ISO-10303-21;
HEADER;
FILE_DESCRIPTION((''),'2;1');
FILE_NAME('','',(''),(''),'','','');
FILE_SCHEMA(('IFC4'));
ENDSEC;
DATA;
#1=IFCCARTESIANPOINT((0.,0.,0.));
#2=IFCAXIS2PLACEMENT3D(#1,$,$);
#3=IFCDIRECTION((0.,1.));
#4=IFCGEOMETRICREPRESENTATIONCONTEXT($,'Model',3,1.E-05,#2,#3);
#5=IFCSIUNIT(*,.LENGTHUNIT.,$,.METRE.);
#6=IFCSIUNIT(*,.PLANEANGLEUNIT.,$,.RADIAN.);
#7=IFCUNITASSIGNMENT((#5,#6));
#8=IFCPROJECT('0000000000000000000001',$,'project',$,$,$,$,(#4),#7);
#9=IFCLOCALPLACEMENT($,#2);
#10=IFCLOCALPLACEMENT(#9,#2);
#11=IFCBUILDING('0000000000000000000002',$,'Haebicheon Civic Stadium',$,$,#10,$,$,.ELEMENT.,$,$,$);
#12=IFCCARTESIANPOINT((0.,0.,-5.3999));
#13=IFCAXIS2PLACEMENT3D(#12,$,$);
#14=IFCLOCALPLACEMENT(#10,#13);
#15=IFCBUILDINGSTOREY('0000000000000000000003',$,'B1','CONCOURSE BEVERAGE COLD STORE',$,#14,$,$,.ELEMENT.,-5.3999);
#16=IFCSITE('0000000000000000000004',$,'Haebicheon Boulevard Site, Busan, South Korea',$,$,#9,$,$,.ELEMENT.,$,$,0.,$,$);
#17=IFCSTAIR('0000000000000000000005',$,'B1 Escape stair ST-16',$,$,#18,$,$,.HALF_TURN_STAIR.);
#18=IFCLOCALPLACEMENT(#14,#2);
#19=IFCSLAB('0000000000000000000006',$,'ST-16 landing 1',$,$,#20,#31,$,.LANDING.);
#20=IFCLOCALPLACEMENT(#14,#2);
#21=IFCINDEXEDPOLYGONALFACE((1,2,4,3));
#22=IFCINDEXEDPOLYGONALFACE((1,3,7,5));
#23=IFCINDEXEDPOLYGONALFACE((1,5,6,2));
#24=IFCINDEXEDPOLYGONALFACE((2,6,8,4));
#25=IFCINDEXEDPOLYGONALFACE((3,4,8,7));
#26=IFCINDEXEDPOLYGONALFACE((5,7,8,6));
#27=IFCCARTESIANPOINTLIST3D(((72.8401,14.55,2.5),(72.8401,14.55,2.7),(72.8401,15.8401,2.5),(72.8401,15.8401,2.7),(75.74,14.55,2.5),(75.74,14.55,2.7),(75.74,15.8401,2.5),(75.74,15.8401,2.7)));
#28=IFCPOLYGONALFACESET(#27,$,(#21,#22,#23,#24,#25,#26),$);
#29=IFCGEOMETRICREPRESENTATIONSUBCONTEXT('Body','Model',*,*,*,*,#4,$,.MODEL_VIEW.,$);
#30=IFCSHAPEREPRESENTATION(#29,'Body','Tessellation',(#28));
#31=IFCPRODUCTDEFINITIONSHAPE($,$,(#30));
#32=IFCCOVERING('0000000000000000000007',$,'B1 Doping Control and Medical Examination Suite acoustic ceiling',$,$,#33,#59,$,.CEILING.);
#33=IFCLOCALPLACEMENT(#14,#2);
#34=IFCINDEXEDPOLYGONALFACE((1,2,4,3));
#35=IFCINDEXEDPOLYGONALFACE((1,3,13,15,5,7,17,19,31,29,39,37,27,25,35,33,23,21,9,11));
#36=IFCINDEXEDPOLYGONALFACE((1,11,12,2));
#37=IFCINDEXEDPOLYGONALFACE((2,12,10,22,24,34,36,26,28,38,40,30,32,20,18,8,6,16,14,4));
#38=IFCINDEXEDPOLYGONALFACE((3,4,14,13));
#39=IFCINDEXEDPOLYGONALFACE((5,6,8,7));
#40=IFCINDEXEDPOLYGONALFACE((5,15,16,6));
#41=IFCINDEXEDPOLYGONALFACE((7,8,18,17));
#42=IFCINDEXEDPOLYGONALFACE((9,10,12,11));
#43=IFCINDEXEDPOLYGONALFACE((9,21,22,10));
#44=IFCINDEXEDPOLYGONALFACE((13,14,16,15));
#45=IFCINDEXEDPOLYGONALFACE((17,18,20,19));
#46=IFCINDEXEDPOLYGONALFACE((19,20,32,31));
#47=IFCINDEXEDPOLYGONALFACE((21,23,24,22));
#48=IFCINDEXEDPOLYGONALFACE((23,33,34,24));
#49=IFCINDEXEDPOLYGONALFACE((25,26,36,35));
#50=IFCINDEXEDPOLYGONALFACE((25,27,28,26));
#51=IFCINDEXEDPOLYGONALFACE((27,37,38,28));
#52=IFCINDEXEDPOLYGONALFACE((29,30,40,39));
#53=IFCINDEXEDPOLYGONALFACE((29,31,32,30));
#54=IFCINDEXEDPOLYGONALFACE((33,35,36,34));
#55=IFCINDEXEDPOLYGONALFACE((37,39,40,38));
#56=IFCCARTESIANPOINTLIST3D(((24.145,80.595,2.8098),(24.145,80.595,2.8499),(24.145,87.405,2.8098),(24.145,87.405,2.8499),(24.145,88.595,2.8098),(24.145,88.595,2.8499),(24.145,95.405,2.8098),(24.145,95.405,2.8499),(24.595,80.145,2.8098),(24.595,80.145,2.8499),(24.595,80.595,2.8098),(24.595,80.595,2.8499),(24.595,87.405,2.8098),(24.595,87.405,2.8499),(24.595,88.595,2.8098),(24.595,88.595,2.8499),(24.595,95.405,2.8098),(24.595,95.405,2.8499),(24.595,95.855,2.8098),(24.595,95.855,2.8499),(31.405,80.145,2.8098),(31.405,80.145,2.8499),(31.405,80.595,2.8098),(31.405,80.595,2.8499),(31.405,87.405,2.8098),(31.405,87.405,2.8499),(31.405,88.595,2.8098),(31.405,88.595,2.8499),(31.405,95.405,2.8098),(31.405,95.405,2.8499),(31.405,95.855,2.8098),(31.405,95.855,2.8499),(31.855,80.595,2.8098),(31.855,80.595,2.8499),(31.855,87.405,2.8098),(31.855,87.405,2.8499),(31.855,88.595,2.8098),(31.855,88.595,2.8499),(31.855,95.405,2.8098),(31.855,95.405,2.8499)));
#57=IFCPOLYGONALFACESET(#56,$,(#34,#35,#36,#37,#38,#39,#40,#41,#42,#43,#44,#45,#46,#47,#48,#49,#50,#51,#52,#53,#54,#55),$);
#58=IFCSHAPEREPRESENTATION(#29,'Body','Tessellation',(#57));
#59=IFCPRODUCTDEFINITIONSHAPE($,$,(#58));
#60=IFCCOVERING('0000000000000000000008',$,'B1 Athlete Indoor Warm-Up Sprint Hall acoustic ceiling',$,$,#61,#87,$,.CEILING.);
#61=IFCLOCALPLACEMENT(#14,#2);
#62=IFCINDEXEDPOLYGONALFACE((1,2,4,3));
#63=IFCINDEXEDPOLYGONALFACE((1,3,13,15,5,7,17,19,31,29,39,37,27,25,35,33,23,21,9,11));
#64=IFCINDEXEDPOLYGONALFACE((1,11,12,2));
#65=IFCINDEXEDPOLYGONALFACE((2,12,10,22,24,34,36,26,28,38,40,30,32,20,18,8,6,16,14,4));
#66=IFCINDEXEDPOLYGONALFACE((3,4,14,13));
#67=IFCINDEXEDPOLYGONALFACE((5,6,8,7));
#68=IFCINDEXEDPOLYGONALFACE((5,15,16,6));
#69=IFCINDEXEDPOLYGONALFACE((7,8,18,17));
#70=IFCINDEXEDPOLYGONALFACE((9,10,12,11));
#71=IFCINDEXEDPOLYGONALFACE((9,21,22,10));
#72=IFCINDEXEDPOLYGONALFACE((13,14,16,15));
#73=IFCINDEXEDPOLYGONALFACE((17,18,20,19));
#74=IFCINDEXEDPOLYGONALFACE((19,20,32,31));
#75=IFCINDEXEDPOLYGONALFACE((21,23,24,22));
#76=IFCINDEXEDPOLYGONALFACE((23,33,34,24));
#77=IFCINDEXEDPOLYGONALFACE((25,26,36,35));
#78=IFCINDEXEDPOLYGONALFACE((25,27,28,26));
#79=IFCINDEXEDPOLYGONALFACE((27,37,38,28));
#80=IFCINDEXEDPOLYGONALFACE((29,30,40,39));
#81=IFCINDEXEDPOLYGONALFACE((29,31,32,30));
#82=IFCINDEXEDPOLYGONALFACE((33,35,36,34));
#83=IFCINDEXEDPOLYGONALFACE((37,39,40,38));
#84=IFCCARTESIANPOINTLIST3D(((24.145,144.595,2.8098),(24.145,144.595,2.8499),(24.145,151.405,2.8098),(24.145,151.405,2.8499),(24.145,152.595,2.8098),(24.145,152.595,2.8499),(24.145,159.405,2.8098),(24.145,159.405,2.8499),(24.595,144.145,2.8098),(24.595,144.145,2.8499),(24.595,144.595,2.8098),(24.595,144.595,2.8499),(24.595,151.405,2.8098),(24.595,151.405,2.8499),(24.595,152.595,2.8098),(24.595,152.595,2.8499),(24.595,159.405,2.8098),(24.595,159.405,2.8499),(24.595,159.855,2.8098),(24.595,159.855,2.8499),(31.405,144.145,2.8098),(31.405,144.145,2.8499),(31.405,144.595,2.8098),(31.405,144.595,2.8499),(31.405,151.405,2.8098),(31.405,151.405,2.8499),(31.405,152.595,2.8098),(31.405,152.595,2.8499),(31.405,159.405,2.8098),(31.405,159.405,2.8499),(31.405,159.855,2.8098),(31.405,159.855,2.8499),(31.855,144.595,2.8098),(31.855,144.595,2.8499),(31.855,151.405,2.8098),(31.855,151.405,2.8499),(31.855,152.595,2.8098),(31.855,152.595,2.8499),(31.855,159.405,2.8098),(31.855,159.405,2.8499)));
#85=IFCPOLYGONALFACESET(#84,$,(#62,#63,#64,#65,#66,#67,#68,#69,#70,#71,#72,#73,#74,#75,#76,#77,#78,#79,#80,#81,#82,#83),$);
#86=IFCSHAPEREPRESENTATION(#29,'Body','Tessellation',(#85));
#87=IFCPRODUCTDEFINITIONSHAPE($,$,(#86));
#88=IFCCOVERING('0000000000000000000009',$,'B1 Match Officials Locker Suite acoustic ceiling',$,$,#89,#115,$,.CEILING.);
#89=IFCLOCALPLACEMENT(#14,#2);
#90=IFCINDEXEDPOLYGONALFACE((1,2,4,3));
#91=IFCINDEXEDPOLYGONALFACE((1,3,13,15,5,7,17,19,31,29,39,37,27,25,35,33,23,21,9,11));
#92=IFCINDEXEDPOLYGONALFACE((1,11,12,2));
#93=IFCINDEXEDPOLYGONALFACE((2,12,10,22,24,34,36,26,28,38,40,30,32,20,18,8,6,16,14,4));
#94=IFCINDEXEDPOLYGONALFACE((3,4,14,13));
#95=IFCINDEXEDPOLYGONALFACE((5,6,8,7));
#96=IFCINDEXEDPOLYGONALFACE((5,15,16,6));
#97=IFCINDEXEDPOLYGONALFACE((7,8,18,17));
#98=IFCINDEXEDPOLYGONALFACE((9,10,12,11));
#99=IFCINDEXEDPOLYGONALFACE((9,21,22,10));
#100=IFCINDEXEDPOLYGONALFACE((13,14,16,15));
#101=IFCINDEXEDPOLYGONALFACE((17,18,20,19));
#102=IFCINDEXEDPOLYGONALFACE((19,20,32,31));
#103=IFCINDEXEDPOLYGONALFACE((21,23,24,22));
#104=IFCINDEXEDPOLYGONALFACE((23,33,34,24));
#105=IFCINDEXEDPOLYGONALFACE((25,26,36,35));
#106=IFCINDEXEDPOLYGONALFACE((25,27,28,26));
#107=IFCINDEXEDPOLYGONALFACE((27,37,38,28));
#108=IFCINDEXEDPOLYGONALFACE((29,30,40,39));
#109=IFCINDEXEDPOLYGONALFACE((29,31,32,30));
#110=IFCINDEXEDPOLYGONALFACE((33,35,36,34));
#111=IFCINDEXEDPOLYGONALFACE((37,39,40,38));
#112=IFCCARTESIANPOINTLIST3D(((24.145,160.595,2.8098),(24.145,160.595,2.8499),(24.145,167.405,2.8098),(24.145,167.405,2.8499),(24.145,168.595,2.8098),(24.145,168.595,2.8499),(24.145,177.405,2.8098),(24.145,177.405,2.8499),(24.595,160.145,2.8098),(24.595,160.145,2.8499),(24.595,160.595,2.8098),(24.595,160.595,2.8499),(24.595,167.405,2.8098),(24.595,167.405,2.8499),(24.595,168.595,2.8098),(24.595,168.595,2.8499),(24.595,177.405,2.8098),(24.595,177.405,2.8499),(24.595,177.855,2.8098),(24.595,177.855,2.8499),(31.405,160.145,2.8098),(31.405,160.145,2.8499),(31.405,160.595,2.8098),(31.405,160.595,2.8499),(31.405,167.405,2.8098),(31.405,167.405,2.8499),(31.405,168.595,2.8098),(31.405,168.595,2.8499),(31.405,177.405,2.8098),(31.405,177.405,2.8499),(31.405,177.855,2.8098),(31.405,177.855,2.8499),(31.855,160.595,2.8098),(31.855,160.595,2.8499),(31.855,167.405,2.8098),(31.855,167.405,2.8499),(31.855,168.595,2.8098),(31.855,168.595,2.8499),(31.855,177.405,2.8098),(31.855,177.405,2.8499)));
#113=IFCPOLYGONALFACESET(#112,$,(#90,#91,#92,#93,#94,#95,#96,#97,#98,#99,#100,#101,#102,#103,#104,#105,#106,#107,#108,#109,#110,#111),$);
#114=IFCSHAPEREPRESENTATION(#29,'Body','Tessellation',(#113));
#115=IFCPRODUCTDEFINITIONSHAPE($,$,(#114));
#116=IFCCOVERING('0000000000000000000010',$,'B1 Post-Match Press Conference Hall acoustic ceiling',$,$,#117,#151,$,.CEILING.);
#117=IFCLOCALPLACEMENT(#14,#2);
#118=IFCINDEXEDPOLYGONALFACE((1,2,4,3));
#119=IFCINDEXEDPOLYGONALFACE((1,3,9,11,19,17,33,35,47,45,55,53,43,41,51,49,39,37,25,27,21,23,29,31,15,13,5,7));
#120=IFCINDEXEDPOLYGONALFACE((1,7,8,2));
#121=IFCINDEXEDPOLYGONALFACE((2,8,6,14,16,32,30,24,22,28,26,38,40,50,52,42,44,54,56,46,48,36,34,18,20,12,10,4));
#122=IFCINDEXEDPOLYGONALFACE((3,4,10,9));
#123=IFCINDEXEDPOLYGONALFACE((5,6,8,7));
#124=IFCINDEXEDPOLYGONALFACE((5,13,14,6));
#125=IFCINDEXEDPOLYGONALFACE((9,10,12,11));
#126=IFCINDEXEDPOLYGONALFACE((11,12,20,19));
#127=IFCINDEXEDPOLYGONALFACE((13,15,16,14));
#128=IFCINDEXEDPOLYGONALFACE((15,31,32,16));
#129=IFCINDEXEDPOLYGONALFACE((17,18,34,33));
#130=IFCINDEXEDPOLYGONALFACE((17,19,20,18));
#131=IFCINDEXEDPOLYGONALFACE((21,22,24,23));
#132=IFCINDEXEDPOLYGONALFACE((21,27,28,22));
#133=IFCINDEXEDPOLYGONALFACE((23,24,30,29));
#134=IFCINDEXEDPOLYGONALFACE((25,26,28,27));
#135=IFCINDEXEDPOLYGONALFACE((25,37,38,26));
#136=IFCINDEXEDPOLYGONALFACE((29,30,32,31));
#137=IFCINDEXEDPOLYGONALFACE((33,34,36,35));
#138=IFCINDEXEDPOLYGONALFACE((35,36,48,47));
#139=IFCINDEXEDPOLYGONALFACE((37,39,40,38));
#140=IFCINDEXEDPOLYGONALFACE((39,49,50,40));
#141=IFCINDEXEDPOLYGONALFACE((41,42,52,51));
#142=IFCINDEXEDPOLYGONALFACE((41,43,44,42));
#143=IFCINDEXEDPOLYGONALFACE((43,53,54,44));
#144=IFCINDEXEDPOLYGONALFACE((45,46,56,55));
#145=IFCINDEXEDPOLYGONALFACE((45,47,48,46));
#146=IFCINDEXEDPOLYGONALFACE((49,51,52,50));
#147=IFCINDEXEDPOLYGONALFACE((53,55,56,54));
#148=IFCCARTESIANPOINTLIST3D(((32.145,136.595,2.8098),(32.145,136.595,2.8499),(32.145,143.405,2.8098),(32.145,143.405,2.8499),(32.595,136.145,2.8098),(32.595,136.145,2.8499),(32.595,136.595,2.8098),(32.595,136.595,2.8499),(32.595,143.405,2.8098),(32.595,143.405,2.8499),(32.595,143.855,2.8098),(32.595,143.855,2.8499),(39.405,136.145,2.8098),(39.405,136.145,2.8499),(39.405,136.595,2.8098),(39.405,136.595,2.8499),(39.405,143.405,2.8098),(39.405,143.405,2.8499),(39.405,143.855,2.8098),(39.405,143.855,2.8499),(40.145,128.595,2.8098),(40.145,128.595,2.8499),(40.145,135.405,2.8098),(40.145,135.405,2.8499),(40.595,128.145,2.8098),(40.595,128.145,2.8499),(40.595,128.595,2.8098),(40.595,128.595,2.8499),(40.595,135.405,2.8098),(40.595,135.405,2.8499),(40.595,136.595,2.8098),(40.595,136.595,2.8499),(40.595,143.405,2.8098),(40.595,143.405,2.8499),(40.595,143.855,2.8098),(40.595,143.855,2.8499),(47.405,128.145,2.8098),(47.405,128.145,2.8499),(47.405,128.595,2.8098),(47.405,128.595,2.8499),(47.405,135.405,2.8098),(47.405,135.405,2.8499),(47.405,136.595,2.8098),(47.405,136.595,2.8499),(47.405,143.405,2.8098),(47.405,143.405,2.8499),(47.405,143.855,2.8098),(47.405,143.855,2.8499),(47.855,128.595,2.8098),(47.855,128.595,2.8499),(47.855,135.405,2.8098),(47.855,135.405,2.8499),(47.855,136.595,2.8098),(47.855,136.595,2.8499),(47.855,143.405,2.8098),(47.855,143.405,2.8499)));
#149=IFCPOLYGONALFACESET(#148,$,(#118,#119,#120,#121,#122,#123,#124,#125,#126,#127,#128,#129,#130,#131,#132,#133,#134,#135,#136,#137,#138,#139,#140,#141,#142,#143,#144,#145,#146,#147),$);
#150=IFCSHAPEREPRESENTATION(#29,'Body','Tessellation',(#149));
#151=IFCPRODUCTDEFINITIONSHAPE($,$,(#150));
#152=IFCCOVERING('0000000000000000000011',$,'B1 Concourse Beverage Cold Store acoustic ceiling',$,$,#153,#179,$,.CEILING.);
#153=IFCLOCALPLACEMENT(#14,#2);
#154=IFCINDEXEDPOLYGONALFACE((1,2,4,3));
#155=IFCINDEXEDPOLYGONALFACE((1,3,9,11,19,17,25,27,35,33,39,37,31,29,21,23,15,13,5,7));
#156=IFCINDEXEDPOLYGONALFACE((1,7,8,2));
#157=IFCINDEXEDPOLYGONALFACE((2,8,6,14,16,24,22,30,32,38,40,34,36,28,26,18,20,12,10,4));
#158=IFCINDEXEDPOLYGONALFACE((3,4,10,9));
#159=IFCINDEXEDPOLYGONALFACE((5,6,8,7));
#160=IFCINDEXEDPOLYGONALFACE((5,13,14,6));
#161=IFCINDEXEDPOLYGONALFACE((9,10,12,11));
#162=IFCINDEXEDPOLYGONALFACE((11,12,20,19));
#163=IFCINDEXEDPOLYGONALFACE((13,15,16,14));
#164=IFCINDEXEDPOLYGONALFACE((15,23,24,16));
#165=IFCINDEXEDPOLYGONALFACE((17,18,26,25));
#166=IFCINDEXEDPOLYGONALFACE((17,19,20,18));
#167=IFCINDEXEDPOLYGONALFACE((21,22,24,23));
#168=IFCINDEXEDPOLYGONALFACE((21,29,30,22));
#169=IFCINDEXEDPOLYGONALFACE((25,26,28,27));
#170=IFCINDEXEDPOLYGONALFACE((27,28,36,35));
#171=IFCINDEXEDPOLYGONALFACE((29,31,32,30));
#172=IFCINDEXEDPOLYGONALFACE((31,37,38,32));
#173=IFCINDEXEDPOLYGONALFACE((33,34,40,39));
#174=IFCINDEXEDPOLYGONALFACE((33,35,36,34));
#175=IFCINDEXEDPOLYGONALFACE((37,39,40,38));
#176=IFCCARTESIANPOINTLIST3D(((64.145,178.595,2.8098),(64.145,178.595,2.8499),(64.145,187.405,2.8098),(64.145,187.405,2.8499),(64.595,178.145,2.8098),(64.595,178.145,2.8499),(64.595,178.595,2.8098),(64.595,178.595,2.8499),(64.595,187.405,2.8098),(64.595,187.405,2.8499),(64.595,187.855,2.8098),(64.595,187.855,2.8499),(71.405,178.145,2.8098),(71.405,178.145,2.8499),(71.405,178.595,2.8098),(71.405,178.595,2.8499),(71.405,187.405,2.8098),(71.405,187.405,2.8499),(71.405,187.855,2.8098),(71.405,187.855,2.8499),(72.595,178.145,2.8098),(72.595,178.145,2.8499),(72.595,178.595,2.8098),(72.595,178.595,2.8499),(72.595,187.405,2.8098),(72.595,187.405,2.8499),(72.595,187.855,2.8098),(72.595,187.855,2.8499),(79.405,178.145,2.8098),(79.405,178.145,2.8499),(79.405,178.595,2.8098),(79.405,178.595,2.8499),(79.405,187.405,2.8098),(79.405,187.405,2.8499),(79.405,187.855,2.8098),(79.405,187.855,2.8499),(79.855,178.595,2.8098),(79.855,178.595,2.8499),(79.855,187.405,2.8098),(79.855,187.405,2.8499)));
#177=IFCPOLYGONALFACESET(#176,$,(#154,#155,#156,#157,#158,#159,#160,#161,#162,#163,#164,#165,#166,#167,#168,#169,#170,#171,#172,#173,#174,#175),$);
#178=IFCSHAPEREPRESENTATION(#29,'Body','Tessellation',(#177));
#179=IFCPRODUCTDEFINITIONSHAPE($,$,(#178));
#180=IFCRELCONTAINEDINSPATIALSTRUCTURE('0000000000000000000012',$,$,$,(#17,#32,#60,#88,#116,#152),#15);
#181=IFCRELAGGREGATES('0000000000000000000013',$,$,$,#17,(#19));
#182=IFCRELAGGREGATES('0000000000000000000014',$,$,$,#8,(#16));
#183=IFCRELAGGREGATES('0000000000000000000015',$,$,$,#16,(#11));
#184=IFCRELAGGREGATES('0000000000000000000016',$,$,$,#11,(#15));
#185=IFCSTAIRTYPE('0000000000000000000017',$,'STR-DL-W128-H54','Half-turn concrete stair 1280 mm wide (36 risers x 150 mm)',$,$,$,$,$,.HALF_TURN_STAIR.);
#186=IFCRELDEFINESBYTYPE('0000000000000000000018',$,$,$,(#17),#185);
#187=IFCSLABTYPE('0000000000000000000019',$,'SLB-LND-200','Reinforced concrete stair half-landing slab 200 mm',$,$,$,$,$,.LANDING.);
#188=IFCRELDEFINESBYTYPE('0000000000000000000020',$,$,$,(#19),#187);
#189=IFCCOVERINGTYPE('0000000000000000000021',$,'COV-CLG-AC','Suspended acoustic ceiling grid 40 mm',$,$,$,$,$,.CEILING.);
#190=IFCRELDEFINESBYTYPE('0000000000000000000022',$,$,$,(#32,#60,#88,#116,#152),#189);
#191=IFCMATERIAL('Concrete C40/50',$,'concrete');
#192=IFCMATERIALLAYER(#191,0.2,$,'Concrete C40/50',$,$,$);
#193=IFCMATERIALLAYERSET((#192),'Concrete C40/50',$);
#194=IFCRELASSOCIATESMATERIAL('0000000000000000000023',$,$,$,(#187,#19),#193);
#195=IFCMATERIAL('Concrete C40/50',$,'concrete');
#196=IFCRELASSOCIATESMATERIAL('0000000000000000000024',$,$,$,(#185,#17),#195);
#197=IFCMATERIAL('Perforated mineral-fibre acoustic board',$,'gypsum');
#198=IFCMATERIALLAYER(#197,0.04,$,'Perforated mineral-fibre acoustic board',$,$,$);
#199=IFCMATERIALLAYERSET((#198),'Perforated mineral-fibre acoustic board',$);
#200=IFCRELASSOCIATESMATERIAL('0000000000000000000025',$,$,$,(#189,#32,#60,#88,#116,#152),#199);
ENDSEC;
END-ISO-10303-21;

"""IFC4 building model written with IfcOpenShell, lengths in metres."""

from ifc_helpers import new_model, si_unit, direction, frame, origin, place, context, subcontext, project, spatial, polyline, outline, extrude, material, layer, layer_set, type_object, element, aggregate, save


model = new_model("IFC4")

# Units and contexts
model_context = context("Model", 3, precision=1e-05, world=origin(), true_north=direction((0.0, 1.0)))
body_context = subcontext(model_context, "Body", "Model", "MODEL_VIEW")
ifc_project = project(units=[si_unit("LENGTHUNIT", "METRE"), si_unit("PLANEANGLEUNIT", "RADIAN")], contexts=[model_context])

# Site, building, storey
site_placement = place(None, origin())
site = spatial("IfcSite", under=ifc_project, at=site_placement, Name="Haebicheon Boulevard Site, Busan, South Korea", CompositionType="ELEMENT", RefElevation=0.0)
building_placement = place(site_placement, origin())
building = spatial("IfcBuilding", under=site, at=building_placement, Name="Haebicheon Civic Stadium", CompositionType="ELEMENT")
storey_placement = place(building_placement, frame((0.0, 0.0, -5.3999)))
storey = spatial("IfcBuildingStorey", under=building, at=storey_placement, Name="B1", Description="CONCOURSE BEVERAGE COLD STORE", CompositionType="ELEMENT", Elevation=-5.3999)

# Stair, slab
ifc_material_1 = material(Name="Concrete C40/50", Category="concrete")
ifc_layer_1 = layer(ifc_material_1, 0.2, Name="Concrete C40/50")
ifc_layer_set_1 = layer_set([ifc_layer_1], Name="Concrete C40/50")
slab_type = type_object("IfcSlabType", Name="SLB-LND-200", Description="Reinforced concrete stair half-landing slab 200 mm", PredefinedType="LANDING", material=ifc_layer_set_1)
ifc_material_2 = material(Name="Concrete C40/50", Category="concrete")
stair_type_1 = type_object("IfcStairType", Name="STR-DL-W128-H54", Description="Half-turn concrete stair 1280 mm wide (36 risers x 150 mm)", PredefinedType="HALF_TURN_STAIR", material=ifc_material_2)
stair_1_placement = place(storey_placement, origin())
stair_1 = element("IfcStair", 1, at=stair_1_placement, inside=storey, type_object=stair_type_1, material=ifc_material_2, Name="B1 Escape stair ST-16", PredefinedType="HALF_TURN_STAIR")
slab_1_placement = place(storey_placement, frame((0.0, 0.0, 2.5)))
slab_1 = element("IfcSlab", 2, at=slab_1_placement, type_object=slab_type, material=ifc_layer_set_1, Name="ST-16 landing 1", PredefinedType="LANDING", context=body_context, shape_type="SweptSolid", body=[
    extrude(outline(polyline([(75.74, 14.55), (75.74, 15.8401), (72.8401, 15.8401), (72.8401, 14.55), (75.74, 14.55)])), origin(), (0.0, 0.0, 1.0), 0.2),
])
aggregate(stair_1, [slab_1])

# Coverings
ifc_material_3 = material(Name="Perforated mineral-fibre acoustic board", Category="gypsum")
ifc_layer_2 = layer(ifc_material_3, 0.04, Name="Perforated mineral-fibre acoustic board")
ifc_layer_set_2 = layer_set([ifc_layer_2], Name="Perforated mineral-fibre acoustic board")
covering_type = type_object("IfcCoveringType", Name="COV-CLG-AC", Description="Suspended acoustic ceiling grid 40 mm", PredefinedType="CEILING", material=ifc_layer_set_2)
covering_1_placement = place(storey_placement, frame((0.0, 0.0, 2.8098)))
element("IfcCovering", 3, at=covering_1_placement, inside=storey, type_object=covering_type, material=ifc_layer_set_2, Name="B1 Doping Control and Medical Examination Suite acoustic ceiling", PredefinedType="CEILING", context=body_context, shape_type="SweptSolid", body=[
    extrude(outline(polyline([(24.595, 80.145), (24.595, 80.595), (24.145, 80.595), (24.145, 87.405), (24.595, 87.405), (24.595, 88.595), (24.145, 88.595), (24.145, 95.405), (24.595, 95.405), (24.595, 95.855), (31.405, 95.855), (31.405, 95.405), (31.855, 95.405), (31.855, 88.595), (31.405, 88.595), (31.405, 87.405), (31.855, 87.405), (31.855, 80.595), (31.405, 80.595), (31.405, 80.145), (24.595, 80.145)])), origin(), (0.0, 0.0, 1.0), 0.04),
])
covering_2_placement = place(storey_placement, frame((0.0, 0.0, 2.8098)))
element("IfcCovering", 4, at=covering_2_placement, inside=storey, type_object=covering_type, material=ifc_layer_set_2, Name="B1 Athlete Indoor Warm-Up Sprint Hall acoustic ceiling", PredefinedType="CEILING", context=body_context, shape_type="SweptSolid", body=[
    extrude(outline(polyline([(24.595, 144.145), (24.595, 144.595), (24.145, 144.595), (24.145, 151.405), (24.595, 151.405), (24.595, 152.595), (24.145, 152.595), (24.145, 159.405), (24.595, 159.405), (24.595, 159.855), (31.405, 159.855), (31.405, 159.405), (31.855, 159.405), (31.855, 152.595), (31.405, 152.595), (31.405, 151.405), (31.855, 151.405), (31.855, 144.595), (31.405, 144.595), (31.405, 144.145), (24.595, 144.145)])), origin(), (0.0, 0.0, 1.0), 0.04),
])
covering_3_placement = place(storey_placement, frame((0.0, 0.0, 2.8098)))
element("IfcCovering", 5, at=covering_3_placement, inside=storey, type_object=covering_type, material=ifc_layer_set_2, Name="B1 Match Officials Locker Suite acoustic ceiling", PredefinedType="CEILING", context=body_context, shape_type="SweptSolid", body=[
    extrude(outline(polyline([(24.595, 160.145), (24.595, 160.595), (24.145, 160.595), (24.145, 167.405), (24.595, 167.405), (24.595, 168.595), (24.145, 168.595), (24.145, 177.405), (24.595, 177.405), (24.595, 177.855), (31.405, 177.855), (31.405, 177.405), (31.855, 177.405), (31.855, 168.595), (31.405, 168.595), (31.405, 167.405), (31.855, 167.405), (31.855, 160.595), (31.405, 160.595), (31.405, 160.145), (24.595, 160.145)])), origin(), (0.0, 0.0, 1.0), 0.04),
])
covering_4_placement = place(storey_placement, frame((0.0, 0.0, 2.8098)))
element("IfcCovering", 6, at=covering_4_placement, inside=storey, type_object=covering_type, material=ifc_layer_set_2, Name="B1 Post-Match Press Conference Hall acoustic ceiling", PredefinedType="CEILING", context=body_context, shape_type="SweptSolid", body=[
    extrude(outline(polyline([(40.595, 128.145), (40.595, 128.595), (40.145, 128.595), (40.145, 135.405), (40.595, 135.405), (40.595, 136.595), (39.405, 136.595), (39.405, 136.145), (32.595, 136.145), (32.595, 136.595), (32.145, 136.595), (32.145, 143.405), (32.595, 143.405), (32.595, 143.855), (39.405, 143.855), (39.405, 143.405), (40.595, 143.405), (40.595, 143.855), (47.405, 143.855), (47.405, 143.405), (47.855, 143.405), (47.855, 136.595), (47.405, 136.595), (47.405, 135.405), (47.855, 135.405), (47.855, 128.595), (47.405, 128.595), (47.405, 128.145), (40.595, 128.145)])), origin(), (0.0, 0.0, 1.0), 0.04),
])
covering_5_placement = place(storey_placement, frame((0.0, 0.0, 2.8098)))
element("IfcCovering", 7, at=covering_5_placement, inside=storey, type_object=covering_type, material=ifc_layer_set_2, Name="B1 Concourse Beverage Cold Store acoustic ceiling", PredefinedType="CEILING", context=body_context, shape_type="SweptSolid", body=[
    extrude(outline(polyline([(64.145, 187.405), (64.595, 187.405), (64.595, 187.855), (71.405, 187.855), (71.405, 187.405), (72.595, 187.405), (72.595, 187.855), (79.405, 187.855), (79.405, 187.405), (79.855, 187.405), (79.855, 178.595), (79.405, 178.595), (79.405, 178.145), (72.595, 178.145), (72.595, 178.595), (71.405, 178.595), (71.405, 178.145), (64.595, 178.145), (64.595, 178.595), (64.145, 178.595), (64.145, 187.405)])), origin(), (0.0, 0.0, 1.0), 0.04),
])

save(model, "model.ifc")
